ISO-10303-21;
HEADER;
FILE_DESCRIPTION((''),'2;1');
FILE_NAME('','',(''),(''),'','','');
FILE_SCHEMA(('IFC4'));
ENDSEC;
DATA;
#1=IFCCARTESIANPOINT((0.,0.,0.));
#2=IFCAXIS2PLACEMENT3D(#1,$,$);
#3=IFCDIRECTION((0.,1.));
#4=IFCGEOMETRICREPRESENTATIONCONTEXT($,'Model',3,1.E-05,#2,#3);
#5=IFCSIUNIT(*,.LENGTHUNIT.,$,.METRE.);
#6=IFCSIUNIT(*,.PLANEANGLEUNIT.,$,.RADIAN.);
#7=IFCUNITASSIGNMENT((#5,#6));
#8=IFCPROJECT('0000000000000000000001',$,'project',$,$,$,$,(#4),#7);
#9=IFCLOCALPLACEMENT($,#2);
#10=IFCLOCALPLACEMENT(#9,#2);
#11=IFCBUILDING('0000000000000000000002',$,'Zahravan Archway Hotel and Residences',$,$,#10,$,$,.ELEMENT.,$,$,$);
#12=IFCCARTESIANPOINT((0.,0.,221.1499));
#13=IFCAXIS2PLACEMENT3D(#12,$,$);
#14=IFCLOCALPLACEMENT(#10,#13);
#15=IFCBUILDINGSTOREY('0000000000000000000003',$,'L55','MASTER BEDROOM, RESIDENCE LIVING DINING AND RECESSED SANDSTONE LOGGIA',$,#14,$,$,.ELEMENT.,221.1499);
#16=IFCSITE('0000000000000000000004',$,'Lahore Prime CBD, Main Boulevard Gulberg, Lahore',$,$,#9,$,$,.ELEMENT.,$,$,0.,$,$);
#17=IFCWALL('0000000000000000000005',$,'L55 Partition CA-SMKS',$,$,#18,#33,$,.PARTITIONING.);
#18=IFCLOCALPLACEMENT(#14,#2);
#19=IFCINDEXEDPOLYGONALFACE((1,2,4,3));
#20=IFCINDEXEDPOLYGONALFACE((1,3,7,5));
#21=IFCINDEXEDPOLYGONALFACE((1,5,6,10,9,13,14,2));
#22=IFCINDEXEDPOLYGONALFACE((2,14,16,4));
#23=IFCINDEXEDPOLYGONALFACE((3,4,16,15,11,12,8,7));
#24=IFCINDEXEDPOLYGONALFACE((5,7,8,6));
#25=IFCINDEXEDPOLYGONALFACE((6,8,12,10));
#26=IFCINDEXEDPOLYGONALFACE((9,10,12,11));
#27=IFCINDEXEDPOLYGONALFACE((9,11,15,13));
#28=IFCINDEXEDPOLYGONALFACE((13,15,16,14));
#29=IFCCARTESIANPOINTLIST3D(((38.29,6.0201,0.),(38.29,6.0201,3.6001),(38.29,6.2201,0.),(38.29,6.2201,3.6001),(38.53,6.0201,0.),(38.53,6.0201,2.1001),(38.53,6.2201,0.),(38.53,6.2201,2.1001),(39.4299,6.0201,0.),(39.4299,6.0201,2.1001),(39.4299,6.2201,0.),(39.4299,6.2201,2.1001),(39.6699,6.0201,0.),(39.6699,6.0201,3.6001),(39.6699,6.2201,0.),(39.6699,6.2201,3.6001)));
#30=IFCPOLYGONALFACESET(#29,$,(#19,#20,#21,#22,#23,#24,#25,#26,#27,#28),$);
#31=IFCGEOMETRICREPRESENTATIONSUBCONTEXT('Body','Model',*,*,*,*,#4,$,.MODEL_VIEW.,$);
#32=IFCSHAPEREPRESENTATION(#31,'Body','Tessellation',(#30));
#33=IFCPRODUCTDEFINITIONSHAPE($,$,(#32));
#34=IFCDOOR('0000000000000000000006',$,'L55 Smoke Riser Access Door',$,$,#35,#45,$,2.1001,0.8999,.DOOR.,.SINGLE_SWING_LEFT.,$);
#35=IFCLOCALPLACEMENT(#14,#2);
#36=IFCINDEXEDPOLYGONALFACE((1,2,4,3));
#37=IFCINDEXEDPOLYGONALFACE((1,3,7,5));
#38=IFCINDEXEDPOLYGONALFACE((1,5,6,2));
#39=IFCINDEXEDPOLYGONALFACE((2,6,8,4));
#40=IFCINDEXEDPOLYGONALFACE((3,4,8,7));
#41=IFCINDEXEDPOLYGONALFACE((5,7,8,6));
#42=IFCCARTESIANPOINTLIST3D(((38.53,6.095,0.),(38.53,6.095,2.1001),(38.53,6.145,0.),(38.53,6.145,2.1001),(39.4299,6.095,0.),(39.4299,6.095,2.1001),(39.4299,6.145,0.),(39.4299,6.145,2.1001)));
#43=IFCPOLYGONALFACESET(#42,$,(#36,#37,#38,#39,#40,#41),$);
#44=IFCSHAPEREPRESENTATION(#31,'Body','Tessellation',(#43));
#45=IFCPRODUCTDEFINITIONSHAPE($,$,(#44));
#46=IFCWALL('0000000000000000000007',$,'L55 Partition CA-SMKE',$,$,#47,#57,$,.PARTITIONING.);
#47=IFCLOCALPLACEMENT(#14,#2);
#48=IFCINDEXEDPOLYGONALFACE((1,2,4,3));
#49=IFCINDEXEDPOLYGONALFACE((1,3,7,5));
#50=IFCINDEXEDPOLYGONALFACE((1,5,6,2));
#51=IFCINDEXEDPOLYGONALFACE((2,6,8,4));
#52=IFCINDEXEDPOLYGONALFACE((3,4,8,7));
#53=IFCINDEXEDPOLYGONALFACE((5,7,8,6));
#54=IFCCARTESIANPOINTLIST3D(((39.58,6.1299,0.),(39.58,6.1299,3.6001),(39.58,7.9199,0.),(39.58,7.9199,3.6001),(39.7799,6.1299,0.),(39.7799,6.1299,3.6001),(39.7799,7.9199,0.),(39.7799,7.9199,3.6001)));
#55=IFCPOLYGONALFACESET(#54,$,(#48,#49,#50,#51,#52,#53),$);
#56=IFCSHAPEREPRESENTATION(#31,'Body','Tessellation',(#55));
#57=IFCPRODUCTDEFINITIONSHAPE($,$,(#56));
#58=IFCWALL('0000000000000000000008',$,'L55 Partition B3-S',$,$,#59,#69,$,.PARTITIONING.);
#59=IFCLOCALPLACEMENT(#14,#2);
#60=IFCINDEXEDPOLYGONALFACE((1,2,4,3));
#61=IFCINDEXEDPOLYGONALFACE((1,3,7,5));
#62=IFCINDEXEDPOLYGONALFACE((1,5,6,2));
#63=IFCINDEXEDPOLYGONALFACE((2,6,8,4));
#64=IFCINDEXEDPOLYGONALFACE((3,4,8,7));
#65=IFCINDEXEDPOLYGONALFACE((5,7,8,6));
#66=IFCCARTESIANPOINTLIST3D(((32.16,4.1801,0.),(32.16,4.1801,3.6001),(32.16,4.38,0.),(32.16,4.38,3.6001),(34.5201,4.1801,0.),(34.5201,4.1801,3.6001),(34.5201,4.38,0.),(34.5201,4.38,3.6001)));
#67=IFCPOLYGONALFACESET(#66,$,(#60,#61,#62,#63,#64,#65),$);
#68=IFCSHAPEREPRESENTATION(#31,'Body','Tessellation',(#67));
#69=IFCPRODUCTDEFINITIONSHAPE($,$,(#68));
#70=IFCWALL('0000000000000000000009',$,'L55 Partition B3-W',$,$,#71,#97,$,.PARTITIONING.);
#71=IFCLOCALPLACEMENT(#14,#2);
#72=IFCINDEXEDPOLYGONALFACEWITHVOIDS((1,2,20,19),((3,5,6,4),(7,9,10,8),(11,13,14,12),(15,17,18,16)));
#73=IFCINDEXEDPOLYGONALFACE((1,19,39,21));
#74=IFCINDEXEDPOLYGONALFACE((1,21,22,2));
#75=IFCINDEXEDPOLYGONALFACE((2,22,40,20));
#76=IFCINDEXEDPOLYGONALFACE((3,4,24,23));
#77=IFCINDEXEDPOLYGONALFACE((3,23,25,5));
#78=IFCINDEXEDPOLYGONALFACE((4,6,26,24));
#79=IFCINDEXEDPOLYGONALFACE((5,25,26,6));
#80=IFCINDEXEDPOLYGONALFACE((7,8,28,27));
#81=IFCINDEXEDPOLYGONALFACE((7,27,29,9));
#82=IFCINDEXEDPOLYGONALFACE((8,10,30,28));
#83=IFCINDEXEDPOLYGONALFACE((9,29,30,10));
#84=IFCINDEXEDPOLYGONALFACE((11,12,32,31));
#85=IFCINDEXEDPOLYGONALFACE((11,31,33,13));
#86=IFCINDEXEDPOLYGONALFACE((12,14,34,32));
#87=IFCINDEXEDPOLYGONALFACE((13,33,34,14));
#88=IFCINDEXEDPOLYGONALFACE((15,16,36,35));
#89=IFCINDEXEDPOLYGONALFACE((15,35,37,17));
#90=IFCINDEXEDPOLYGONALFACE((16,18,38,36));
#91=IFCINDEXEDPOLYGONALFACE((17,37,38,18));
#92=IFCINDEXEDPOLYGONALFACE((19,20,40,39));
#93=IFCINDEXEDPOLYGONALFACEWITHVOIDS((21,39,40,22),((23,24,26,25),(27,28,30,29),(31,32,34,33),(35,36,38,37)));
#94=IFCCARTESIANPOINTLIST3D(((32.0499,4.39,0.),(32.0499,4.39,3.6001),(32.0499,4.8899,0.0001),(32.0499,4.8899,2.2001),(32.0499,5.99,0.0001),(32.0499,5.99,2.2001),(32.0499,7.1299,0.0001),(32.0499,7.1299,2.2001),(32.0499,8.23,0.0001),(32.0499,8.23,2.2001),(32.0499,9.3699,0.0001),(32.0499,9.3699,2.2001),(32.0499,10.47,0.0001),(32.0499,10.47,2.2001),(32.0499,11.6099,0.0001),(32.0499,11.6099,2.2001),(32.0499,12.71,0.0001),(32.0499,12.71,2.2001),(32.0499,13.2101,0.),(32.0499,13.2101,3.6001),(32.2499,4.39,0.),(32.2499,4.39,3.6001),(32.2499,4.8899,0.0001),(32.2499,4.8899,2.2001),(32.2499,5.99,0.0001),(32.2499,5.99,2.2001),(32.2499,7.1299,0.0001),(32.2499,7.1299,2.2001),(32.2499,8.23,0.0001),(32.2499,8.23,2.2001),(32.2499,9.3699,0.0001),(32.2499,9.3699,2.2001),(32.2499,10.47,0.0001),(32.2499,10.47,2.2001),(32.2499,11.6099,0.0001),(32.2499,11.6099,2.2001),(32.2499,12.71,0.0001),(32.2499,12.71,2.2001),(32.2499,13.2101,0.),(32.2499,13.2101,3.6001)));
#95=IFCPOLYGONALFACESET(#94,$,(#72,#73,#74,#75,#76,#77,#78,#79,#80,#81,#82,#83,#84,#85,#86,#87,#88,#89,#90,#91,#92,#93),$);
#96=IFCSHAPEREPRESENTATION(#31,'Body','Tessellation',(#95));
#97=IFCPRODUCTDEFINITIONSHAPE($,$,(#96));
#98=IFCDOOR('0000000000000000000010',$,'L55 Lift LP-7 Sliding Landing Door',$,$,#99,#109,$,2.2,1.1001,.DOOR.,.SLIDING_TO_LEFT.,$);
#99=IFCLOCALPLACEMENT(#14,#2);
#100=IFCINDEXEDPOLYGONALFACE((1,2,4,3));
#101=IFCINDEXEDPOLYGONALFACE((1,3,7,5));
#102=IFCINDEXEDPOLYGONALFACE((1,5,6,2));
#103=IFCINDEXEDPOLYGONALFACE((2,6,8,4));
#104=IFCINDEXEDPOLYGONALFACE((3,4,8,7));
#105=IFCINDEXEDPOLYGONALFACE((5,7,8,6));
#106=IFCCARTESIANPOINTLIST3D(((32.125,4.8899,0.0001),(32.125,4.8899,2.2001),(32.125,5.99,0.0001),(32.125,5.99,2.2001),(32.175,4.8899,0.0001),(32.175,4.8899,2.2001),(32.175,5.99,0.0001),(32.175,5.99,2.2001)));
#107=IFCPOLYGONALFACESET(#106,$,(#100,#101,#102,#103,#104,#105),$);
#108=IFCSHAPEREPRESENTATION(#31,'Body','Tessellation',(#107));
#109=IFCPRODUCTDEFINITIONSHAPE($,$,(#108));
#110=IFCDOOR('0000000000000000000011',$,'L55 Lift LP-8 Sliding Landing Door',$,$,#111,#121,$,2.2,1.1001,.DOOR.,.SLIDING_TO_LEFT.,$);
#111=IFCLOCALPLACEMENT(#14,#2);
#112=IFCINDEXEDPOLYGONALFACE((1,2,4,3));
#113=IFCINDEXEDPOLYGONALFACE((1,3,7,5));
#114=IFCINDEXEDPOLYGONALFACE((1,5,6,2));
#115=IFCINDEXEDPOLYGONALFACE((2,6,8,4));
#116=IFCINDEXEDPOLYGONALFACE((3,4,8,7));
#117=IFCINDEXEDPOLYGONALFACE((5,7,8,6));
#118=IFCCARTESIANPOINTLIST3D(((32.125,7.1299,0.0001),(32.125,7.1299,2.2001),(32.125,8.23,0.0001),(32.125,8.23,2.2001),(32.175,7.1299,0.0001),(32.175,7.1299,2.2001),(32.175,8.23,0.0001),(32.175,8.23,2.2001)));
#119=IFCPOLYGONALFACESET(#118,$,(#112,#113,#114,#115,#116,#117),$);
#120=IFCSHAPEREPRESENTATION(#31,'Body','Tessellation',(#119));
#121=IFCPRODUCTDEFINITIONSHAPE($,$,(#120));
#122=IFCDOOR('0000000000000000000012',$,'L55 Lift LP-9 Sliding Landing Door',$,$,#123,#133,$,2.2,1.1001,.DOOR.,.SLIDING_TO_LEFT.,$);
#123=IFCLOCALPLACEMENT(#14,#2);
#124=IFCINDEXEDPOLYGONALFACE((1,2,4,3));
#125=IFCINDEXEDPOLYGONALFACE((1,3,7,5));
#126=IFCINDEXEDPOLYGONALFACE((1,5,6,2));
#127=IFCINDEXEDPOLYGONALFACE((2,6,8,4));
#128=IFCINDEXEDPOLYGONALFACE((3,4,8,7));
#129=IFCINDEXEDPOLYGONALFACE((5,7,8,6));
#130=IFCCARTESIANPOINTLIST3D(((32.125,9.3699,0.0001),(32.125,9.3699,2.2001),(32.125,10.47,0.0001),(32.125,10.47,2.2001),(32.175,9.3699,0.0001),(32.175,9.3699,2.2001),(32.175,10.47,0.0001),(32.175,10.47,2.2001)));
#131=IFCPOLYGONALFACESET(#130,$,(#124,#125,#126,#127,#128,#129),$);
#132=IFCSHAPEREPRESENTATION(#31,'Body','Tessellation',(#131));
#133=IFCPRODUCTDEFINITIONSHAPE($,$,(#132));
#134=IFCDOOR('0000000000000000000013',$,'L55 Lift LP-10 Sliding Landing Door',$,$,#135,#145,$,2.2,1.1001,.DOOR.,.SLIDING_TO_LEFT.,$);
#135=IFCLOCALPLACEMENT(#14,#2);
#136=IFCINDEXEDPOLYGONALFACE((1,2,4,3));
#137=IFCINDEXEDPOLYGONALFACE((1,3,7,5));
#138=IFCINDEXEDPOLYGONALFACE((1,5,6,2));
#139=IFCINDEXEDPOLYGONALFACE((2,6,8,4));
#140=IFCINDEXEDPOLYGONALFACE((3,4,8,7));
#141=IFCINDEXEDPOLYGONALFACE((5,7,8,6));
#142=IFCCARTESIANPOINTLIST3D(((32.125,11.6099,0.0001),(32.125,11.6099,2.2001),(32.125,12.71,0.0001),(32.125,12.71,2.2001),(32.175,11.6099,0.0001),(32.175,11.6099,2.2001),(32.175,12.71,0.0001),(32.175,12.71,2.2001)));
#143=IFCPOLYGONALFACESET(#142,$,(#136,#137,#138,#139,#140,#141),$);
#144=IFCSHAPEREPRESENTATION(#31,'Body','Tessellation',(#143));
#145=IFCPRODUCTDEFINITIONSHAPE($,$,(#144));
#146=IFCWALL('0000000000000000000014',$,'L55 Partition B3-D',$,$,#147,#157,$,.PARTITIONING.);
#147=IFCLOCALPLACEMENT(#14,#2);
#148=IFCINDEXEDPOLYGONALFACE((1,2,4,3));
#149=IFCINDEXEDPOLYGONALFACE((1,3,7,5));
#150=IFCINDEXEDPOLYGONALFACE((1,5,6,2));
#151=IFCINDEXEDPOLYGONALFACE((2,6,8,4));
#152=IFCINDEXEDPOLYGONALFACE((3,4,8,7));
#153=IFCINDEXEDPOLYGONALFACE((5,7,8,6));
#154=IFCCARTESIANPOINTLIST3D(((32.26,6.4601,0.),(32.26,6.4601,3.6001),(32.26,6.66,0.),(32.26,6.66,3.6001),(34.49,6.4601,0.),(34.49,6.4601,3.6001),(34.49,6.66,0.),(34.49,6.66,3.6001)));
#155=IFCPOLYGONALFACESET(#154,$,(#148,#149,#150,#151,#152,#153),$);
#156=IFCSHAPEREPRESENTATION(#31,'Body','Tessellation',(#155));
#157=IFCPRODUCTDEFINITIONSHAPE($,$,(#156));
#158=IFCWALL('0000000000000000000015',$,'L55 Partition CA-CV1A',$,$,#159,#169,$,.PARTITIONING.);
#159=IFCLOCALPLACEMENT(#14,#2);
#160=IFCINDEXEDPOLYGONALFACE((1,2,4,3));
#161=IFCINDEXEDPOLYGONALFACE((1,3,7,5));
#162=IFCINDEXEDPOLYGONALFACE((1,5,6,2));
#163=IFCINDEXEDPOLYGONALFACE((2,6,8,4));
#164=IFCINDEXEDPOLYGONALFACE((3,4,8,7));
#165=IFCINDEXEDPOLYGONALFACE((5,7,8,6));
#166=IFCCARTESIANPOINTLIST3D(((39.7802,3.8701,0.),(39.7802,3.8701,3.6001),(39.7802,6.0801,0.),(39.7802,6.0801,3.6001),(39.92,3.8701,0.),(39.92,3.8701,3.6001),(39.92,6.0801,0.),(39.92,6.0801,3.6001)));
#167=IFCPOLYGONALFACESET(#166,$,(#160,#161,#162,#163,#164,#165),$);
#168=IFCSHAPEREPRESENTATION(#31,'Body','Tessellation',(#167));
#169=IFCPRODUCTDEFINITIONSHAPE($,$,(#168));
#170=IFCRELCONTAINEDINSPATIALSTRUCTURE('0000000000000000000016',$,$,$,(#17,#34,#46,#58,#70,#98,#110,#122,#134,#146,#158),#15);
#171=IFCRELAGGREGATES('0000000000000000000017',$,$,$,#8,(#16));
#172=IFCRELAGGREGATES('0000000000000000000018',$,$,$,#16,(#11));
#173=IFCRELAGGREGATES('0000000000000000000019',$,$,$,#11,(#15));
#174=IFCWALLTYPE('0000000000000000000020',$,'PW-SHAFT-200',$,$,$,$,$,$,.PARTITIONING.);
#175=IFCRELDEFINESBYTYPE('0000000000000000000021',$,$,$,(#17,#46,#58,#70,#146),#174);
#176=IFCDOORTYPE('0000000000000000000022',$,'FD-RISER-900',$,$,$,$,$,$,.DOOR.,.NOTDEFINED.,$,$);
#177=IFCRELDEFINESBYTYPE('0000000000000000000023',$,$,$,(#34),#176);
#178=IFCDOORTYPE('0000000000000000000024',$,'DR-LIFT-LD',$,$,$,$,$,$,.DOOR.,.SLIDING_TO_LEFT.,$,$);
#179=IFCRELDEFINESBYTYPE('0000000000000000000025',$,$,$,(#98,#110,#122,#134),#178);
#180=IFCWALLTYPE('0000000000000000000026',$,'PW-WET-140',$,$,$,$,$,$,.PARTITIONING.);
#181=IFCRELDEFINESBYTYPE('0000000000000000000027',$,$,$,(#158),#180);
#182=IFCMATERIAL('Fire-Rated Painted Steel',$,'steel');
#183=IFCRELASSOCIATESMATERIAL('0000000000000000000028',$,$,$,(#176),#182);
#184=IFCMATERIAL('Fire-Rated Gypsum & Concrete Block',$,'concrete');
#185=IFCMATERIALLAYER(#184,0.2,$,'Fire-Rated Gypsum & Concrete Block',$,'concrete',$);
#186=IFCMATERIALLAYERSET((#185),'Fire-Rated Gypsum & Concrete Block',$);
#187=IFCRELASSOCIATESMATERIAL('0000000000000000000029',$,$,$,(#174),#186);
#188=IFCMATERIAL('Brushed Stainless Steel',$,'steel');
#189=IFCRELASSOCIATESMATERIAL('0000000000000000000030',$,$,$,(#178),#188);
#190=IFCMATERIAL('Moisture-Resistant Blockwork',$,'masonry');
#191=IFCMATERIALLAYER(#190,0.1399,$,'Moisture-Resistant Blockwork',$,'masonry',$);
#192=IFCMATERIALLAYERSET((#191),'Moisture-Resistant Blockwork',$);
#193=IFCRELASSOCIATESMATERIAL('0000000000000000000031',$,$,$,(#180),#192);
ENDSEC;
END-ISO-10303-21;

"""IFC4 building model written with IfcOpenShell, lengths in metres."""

from ifc_helpers import new_model, si_unit, direction, frame, frame_2d, origin, place, context, subcontext, project, spatial, rectangle, extrude, source, transform, mapped, material, layer, layer_set, type_object, type_shapes, element, fill, save


model = new_model("IFC4")

# Units and contexts
model_context = context("Model", 3, precision=1e-05, world=origin(), true_north=direction((0.0, 1.0)))
body_context = subcontext(model_context, "Body", "Model", "MODEL_VIEW")
ifc_project = project(units=[si_unit("LENGTHUNIT", "METRE"), si_unit("PLANEANGLEUNIT", "RADIAN")], contexts=[model_context])

# Site, building, storey
site_placement = place(None, origin())
site = spatial("IfcSite", under=ifc_project, at=site_placement, Name="Lahore Prime CBD, Main Boulevard Gulberg, Lahore", CompositionType="ELEMENT", RefElevation=0.0)
building_placement = place(site_placement, origin())
building = spatial("IfcBuilding", under=site, at=building_placement, Name="Zahravan Archway Hotel and Residences", CompositionType="ELEMENT")
storey_placement = place(building_placement, frame((0.0, 0.0, 221.1499)))
storey = spatial("IfcBuildingStorey", under=building, at=storey_placement, Name="L55", Description="MASTER BEDROOM, RESIDENCE LIVING DINING AND RECESSED SANDSTONE LOGGIA", CompositionType="ELEMENT", Elevation=221.1499)

# Shared definitions
ifc_material_1 = material(Name="Fire-Rated Painted Steel", Category="steel")
door_type_1 = type_object("IfcDoorType", Name="FD-RISER-900", OperationType="NOTDEFINED", PredefinedType="DOOR", material=ifc_material_1)
shared_shape_1 = source(origin(), body_context, "Body", "SweptSolid", [
    extrude(rectangle(XDim=0.8999, YDim=2.1001, at=frame_2d((0.45, 1.05))), frame((0.0, 0.0249, 0.0), z_axis=(0.0, -1.0, 0.0), x_axis=(1.0, 0.0, 0.0)), (0.0, 0.0, 1.0), 0.05),
])
type_shapes(door_type_1, [shared_shape_1])

# Wall, opening, door
ifc_material_2 = material(Name="Fire-Rated Gypsum & Concrete Block", Category="concrete")
ifc_layer_1 = layer(ifc_material_2, 0.2, Name="Fire-Rated Gypsum & Concrete Block", Category="concrete")
ifc_layer_set_1 = layer_set([ifc_layer_1], Name="Fire-Rated Gypsum & Concrete Block")
wall_type_1 = type_object("IfcWallType", Name="PW-SHAFT-200", PredefinedType="PARTITIONING", material=ifc_layer_set_1)
wall_1_placement = place(storey_placement, frame((38.29, 6.1201, 0.0), z_axis=(0.0, 0.0, 1.0), x_axis=(1.0, 0.0, 0.0)))
wall_1 = element("IfcWall", 1, at=wall_1_placement, inside=storey, type_object=wall_type_1, Name="L55 Partition CA-SMKS", PredefinedType="PARTITIONING", context=body_context, shape_type="SweptSolid", body=[
    extrude(rectangle(XDim=1.3799, YDim=0.2, at=frame_2d((0.6899, 0.0))), origin(), (0.0, 0.0, 1.0), 3.6001),
])
opening_1_placement = place(wall_1_placement, frame((0.24, 0.0, 0.0)))
opening_1 = element("IfcOpeningElement", 2, at=opening_1_placement, cuts=wall_1, PredefinedType="OPENING", context=body_context, shape_type="SweptSolid", body=[
    extrude(rectangle(XDim=0.8999, YDim=2.1001, at=frame_2d((0.45, 1.05))), frame((0.0, 0.1099, 0.0), z_axis=(0.0, -1.0, 0.0), x_axis=(1.0, 0.0, 0.0)), (0.0, 0.0, 1.0), 0.22),
])
door_1_placement = place(opening_1_placement, origin())
door_1 = element("IfcDoor", 3, at=door_1_placement, inside=storey, type_object=door_type_1, Name="L55 Smoke Riser Access Door", OperationType="SINGLE_SWING_LEFT", OverallHeight=2.1001, OverallWidth=0.8999, PredefinedType="DOOR", context=body_context, shape_type="MappedRepresentation", body=[
    mapped(shared_shape_1, transform((0.0, 0.0, 0.0), scale=1.0)),
])
fill(opening_1, door_1)

# Walls
wall_2_placement = place(storey_placement, frame((39.6799, 6.1299, 0.0), z_axis=(0.0, 0.0, 1.0), x_axis=(0.0, 1.0, 0.0)))
element("IfcWall", 4, at=wall_2_placement, inside=storey, type_object=wall_type_1, Name="L55 Partition CA-SMKE", PredefinedType="PARTITIONING", context=body_context, shape_type="SweptSolid", body=[
    extrude(rectangle(XDim=1.79, YDim=0.2, at=frame_2d((0.895, 0.0))), origin(), (0.0, 0.0, 1.0), 3.6001),
])
wall_3_placement = place(storey_placement, frame((32.1599, 4.28, 0.0), z_axis=(0.0, 0.0, 1.0), x_axis=(1.0, 0.0, 0.0)))
element("IfcWall", 5, at=wall_3_placement, inside=storey, type_object=wall_type_1, Name="L55 Partition B3-S", PredefinedType="PARTITIONING", context=body_context, shape_type="SweptSolid", body=[
    extrude(rectangle(XDim=2.3601, YDim=0.2, at=frame_2d((1.1802, 0.0))), origin(), (0.0, 0.0, 1.0), 3.6001),
])

# Wall, openings, doors
wall_4_placement = place(storey_placement, frame((32.1499, 4.3899, 0.0), z_axis=(0.0, 0.0, 1.0), x_axis=(0.0, 1.0, 0.0)))
wall_4 = element("IfcWall", 6, at=wall_4_placement, inside=storey, type_object=wall_type_1, Name="L55 Partition B3-W", PredefinedType="PARTITIONING", context=body_context, shape_type="SweptSolid", body=[
    extrude(rectangle(XDim=8.8201, YDim=0.2, at=frame_2d((4.4102, 0.0))), origin(), (0.0, 0.0, 1.0), 3.6001),
])
opening_2_placement = place(wall_4_placement, frame((0.5, 0.0, 0.0)))
opening_2 = element("IfcOpeningElement", 7, at=opening_2_placement, cuts=wall_4, PredefinedType="OPENING", context=body_context, shape_type="SweptSolid", body=[
    extrude(rectangle(XDim=1.1001, YDim=2.2, at=frame_2d((0.55, 1.1001))), frame((0.0, 0.1099, 0.0), z_axis=(0.0, -1.0, 0.0), x_axis=(1.0, 0.0, 0.0)), (0.0, 0.0, 1.0), 0.22),
])
opening_3_placement = place(wall_4_placement, frame((2.74, 0.0, 0.0)))
opening_3 = element("IfcOpeningElement", 8, at=opening_3_placement, cuts=wall_4, PredefinedType="OPENING", context=body_context, shape_type="SweptSolid", body=[
    extrude(rectangle(XDim=1.1001, YDim=2.2, at=frame_2d((0.55, 1.1001))), frame((0.0, 0.1099, 0.0), z_axis=(0.0, -1.0, 0.0), x_axis=(1.0, 0.0, 0.0)), (0.0, 0.0, 1.0), 0.22),
])
opening_4_placement = place(wall_4_placement, frame((4.98, 0.0, 0.0)))
opening_4 = element("IfcOpeningElement", 9, at=opening_4_placement, cuts=wall_4, PredefinedType="OPENING", context=body_context, shape_type="SweptSolid", body=[
    extrude(rectangle(XDim=1.1001, YDim=2.2, at=frame_2d((0.55, 1.1001))), frame((0.0, 0.1099, 0.0), z_axis=(0.0, -1.0, 0.0), x_axis=(1.0, 0.0, 0.0)), (0.0, 0.0, 1.0), 0.22),
])
opening_5_placement = place(wall_4_placement, frame((7.22, 0.0, 0.0)))
opening_5 = element("IfcOpeningElement", 10, at=opening_5_placement, cuts=wall_4, PredefinedType="OPENING", context=body_context, shape_type="SweptSolid", body=[
    extrude(rectangle(XDim=1.1001, YDim=2.2, at=frame_2d((0.55, 1.1001))), frame((0.0, 0.1099, 0.0), z_axis=(0.0, -1.0, 0.0), x_axis=(1.0, 0.0, 0.0)), (0.0, 0.0, 1.0), 0.22),
])
ifc_material_3 = material(Name="Brushed Stainless Steel", Category="steel")
door_type_2 = type_object("IfcDoorType", Name="DR-LIFT-LD", OperationType="SLIDING_TO_LEFT", PredefinedType="DOOR", material=ifc_material_3)
shared_shape_2 = source(origin(), body_context, "Body", "SweptSolid", [
    extrude(rectangle(XDim=1.1001, YDim=2.2, at=frame_2d((0.55, 1.1001))), frame((0.0, 0.0249, 0.0), z_axis=(0.0, -1.0, 0.0), x_axis=(1.0, 0.0, 0.0)), (0.0, 0.0, 1.0), 0.05),
])
type_shapes(door_type_2, [shared_shape_2])
door_2_placement = place(opening_2_placement, origin())
door_2 = element("IfcDoor", 11, at=door_2_placement, inside=storey, type_object=door_type_2, Name="L55 Lift LP-7 Sliding Landing Door", OperationType="SLIDING_TO_LEFT", OverallHeight=2.2, OverallWidth=1.1001, PredefinedType="DOOR", context=body_context, shape_type="MappedRepresentation", body=[
    mapped(shared_shape_2, transform((0.0, 0.0, 0.0), scale=1.0)),
])
fill(opening_2, door_2)
door_3_placement = place(opening_3_placement, origin())
door_3 = element("IfcDoor", 12, at=door_3_placement, inside=storey, type_object=door_type_2, Name="L55 Lift LP-8 Sliding Landing Door", OperationType="SLIDING_TO_LEFT", OverallHeight=2.2, OverallWidth=1.1001, PredefinedType="DOOR", context=body_context, shape_type="MappedRepresentation", body=[
    mapped(shared_shape_2, transform((0.0, 0.0, 0.0), scale=1.0)),
])
fill(opening_3, door_3)
door_4_placement = place(opening_4_placement, origin())
door_4 = element("IfcDoor", 13, at=door_4_placement, inside=storey, type_object=door_type_2, Name="L55 Lift LP-9 Sliding Landing Door", OperationType="SLIDING_TO_LEFT", OverallHeight=2.2, OverallWidth=1.1001, PredefinedType="DOOR", context=body_context, shape_type="MappedRepresentation", body=[
    mapped(shared_shape_2, transform((0.0, 0.0, 0.0), scale=1.0)),
])
fill(opening_4, door_4)
door_5_placement = place(opening_5_placement, origin())
door_5 = element("IfcDoor", 14, at=door_5_placement, inside=storey, type_object=door_type_2, Name="L55 Lift LP-10 Sliding Landing Door", OperationType="SLIDING_TO_LEFT", OverallHeight=2.2, OverallWidth=1.1001, PredefinedType="DOOR", context=body_context, shape_type="MappedRepresentation", body=[
    mapped(shared_shape_2, transform((0.0, 0.0, 0.0), scale=1.0)),
])
fill(opening_5, door_5)

# Walls
wall_5_placement = place(storey_placement, frame((32.26, 6.5601, 0.0), z_axis=(0.0, 0.0, 1.0), x_axis=(1.0, 0.0, 0.0)))
element("IfcWall", 15, at=wall_5_placement, inside=storey, type_object=wall_type_1, Name="L55 Partition B3-D", PredefinedType="PARTITIONING", context=body_context, shape_type="SweptSolid", body=[
    extrude(rectangle(XDim=2.23, YDim=0.2, at=frame_2d((1.115, 0.0))), origin(), (0.0, 0.0, 1.0), 3.6001),
])
ifc_material_4 = material(Name="Moisture-Resistant Blockwork", Category="masonry")
ifc_layer_2 = layer(ifc_material_4, 0.1399, Name="Moisture-Resistant Blockwork", Category="masonry")
ifc_layer_set_2 = layer_set([ifc_layer_2], Name="Moisture-Resistant Blockwork")
wall_type_2 = type_object("IfcWallType", Name="PW-WET-140", PredefinedType="PARTITIONING", material=ifc_layer_set_2)
for number, where, z_axis, x_axis, name in (
    (16, (39.8501, 3.8701, 0.0), (0.0, 0.0, 1.0), (0.0, 1.0, 0.0), "L55 Partition CA-CV1A"),
):
    element("IfcWall", number, at=place(storey_placement, frame(where, z_axis=z_axis, x_axis=x_axis)), inside=storey, type_object=wall_type_2, Name=name, PredefinedType="PARTITIONING", context=body_context, shape_type="SweptSolid", body=[
        extrude(rectangle(XDim=2.21, YDim=0.1399, at=frame_2d((1.105, 0.0))), origin(), (0.0, 0.0, 1.0), 3.6001),
    ])

save(model, "model.ifc")
